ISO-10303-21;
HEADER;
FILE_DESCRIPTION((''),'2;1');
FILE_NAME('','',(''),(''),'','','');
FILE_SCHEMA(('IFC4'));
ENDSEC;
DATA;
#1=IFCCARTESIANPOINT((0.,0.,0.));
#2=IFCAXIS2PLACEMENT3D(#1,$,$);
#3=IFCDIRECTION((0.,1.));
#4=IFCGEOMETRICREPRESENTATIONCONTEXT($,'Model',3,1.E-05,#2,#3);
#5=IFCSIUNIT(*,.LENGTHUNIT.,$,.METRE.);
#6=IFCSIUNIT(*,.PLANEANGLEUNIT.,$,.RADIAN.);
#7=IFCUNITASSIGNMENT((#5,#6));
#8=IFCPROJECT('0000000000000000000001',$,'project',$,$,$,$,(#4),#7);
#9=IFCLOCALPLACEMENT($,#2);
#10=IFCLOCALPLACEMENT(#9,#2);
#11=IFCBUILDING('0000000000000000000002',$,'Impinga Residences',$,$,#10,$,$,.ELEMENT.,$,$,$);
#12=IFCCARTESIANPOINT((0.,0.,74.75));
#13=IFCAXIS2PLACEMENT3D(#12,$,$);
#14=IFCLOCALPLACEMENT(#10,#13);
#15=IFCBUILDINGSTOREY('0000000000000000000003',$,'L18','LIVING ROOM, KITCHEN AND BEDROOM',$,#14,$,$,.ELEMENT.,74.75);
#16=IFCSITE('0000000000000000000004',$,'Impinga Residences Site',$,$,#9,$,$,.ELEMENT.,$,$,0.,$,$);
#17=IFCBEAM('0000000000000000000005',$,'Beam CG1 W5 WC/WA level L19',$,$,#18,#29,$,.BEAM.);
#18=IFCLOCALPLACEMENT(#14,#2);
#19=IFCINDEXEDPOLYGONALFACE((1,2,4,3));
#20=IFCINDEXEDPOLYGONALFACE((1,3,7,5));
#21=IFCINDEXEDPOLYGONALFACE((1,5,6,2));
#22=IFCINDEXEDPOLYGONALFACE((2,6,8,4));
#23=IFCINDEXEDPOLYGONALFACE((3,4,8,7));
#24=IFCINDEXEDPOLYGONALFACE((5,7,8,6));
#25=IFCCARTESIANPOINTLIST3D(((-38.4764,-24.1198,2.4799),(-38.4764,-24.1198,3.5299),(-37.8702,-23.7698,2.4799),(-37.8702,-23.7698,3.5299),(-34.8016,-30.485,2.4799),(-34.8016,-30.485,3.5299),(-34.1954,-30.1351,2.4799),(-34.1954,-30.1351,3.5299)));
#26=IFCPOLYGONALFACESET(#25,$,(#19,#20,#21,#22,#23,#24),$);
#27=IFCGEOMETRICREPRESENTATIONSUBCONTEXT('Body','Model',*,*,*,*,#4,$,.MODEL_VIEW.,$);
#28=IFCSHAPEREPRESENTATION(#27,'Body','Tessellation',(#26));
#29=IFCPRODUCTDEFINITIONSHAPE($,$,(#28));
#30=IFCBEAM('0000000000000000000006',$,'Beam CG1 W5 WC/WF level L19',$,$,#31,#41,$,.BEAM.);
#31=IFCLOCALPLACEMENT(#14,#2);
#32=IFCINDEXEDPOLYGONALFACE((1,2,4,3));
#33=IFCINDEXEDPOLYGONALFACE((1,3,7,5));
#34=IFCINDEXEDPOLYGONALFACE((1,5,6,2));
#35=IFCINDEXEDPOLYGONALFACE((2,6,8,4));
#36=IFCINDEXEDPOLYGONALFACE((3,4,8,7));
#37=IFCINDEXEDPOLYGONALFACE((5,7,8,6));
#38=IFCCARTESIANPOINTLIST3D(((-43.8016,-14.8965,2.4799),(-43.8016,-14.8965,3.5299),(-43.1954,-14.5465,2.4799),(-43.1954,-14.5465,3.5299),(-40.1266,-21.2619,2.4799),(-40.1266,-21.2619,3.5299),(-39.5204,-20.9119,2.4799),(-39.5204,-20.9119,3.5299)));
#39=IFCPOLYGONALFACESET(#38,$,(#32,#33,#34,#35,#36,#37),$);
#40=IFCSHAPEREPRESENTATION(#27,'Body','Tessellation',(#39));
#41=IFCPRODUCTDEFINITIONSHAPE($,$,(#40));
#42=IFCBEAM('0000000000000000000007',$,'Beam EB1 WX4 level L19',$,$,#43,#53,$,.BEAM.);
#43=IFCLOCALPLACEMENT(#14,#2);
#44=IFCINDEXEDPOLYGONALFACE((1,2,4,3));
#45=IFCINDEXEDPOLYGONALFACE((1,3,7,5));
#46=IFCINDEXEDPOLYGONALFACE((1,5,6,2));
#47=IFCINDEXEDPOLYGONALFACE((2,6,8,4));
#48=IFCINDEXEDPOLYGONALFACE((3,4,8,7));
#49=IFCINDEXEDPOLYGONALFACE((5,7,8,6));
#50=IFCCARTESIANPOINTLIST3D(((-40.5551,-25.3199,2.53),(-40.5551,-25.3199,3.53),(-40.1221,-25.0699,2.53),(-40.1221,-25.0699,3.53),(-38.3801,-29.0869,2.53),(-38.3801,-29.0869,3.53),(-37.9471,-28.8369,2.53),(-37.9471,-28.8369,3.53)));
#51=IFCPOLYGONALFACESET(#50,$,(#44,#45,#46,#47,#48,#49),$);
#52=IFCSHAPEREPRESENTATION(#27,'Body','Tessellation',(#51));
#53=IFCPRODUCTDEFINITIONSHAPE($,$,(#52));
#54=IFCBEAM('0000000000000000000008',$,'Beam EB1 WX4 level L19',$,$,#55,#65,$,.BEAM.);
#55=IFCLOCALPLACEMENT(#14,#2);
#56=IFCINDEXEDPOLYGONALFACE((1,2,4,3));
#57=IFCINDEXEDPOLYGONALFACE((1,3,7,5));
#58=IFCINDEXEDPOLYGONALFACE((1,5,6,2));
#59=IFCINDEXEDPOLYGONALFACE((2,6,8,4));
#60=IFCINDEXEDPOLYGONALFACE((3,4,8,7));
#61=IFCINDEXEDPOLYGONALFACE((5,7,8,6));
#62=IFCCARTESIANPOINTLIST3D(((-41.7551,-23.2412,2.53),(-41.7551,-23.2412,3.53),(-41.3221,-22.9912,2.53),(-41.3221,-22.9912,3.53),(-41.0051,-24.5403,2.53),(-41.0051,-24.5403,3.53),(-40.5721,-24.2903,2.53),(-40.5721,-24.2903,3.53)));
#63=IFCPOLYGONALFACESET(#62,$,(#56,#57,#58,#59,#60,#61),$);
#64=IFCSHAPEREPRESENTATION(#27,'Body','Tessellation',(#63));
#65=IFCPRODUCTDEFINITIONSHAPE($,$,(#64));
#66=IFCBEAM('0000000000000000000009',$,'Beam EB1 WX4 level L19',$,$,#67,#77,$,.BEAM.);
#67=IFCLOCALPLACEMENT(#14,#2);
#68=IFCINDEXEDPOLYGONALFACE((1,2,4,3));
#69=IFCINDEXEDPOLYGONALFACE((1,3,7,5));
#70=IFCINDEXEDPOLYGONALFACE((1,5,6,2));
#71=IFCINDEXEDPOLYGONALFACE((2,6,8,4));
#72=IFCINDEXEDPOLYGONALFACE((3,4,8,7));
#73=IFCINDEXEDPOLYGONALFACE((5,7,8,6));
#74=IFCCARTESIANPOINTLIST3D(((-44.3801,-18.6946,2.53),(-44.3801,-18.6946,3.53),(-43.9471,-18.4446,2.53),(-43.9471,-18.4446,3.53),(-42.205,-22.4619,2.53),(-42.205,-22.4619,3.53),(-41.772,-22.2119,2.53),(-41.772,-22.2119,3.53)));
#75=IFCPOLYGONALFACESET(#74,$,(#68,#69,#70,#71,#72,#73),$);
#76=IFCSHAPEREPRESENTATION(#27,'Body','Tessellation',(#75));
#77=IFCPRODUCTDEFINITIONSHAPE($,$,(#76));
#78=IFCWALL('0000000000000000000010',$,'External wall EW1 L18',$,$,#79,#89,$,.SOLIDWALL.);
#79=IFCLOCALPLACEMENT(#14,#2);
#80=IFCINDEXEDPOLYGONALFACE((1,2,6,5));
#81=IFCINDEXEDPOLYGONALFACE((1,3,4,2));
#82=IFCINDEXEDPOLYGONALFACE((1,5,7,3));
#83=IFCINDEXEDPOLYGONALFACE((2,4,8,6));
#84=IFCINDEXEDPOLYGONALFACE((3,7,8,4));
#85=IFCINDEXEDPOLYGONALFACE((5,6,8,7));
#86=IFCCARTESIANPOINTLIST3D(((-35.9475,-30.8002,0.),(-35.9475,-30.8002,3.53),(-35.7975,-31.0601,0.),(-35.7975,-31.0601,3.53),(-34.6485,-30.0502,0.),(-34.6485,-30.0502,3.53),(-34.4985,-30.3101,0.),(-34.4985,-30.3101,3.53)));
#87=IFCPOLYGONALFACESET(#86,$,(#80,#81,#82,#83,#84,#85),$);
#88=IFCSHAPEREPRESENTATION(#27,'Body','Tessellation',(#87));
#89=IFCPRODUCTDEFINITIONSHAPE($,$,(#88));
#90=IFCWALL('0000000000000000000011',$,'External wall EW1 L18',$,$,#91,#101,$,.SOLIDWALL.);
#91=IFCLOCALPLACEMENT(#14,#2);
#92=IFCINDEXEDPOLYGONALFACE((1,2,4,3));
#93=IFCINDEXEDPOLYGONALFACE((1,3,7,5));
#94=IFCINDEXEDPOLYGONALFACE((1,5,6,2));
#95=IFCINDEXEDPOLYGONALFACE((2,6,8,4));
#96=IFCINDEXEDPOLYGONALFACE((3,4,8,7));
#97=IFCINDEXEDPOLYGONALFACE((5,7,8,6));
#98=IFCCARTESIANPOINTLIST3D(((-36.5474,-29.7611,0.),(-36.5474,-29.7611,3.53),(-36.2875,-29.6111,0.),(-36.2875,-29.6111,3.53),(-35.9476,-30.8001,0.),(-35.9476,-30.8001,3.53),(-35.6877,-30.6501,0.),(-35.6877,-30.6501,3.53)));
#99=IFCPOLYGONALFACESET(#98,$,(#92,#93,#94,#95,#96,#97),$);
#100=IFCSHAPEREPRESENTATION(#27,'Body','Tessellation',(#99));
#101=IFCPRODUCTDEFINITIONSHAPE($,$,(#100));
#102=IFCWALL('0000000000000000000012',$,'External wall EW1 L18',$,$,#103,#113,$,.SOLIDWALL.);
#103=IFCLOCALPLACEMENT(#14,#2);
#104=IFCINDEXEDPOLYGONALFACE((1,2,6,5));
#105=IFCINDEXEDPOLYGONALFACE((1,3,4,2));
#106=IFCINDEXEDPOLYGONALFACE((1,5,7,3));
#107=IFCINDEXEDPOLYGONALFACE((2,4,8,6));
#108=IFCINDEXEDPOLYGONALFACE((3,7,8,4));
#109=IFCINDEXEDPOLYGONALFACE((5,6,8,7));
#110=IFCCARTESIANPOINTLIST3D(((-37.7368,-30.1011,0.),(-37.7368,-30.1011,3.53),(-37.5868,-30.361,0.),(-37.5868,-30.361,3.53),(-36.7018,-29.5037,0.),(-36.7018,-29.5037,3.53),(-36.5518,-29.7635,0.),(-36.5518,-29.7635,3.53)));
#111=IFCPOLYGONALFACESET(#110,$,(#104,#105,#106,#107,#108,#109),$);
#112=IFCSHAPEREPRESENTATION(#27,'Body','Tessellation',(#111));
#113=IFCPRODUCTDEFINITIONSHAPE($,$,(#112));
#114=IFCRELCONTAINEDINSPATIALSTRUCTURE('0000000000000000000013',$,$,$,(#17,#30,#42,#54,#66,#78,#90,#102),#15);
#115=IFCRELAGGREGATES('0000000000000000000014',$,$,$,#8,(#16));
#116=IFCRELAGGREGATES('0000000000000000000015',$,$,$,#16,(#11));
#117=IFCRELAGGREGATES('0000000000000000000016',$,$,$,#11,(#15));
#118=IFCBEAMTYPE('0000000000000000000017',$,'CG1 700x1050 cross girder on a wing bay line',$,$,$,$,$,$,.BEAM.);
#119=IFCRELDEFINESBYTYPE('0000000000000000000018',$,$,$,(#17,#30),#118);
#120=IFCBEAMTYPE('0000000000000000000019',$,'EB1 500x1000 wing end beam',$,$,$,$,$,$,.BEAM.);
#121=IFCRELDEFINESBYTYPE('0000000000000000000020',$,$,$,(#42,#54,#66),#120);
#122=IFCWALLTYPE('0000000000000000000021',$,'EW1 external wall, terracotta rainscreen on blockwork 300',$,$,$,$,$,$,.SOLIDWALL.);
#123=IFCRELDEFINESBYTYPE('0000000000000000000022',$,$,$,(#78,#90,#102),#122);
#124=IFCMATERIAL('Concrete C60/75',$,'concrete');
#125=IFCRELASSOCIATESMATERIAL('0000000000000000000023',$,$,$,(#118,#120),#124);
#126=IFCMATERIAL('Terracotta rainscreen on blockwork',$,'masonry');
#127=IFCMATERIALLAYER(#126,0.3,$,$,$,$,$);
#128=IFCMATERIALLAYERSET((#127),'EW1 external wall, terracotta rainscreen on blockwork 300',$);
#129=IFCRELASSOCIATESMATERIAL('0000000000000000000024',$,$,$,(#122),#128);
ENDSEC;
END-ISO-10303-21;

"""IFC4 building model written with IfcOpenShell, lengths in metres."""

from ifc_helpers import new_model, si_unit, direction, frame, frame_2d, origin, origin_2d, place, context, subcontext, project, spatial, rectangle, extrude, material, layer, layer_set, material_profile, profile_set, type_object, element, save


model = new_model("IFC4")

# Units and contexts
model_context = context("Model", 3, precision=1e-05, world=origin(), true_north=direction((0.0, 1.0)))
body_context = subcontext(model_context, "Body", "Model", "MODEL_VIEW")
ifc_project = project(units=[si_unit("LENGTHUNIT", "METRE"), si_unit("PLANEANGLEUNIT", "RADIAN")], contexts=[model_context])

# Site, building, storey
site_placement = place(None, origin())
site = spatial("IfcSite", under=ifc_project, at=site_placement, Name="Impinga Residences Site", CompositionType="ELEMENT", RefElevation=0.0)
building_placement = place(site_placement, origin())
building = spatial("IfcBuilding", under=site, at=building_placement, Name="Impinga Residences", CompositionType="ELEMENT")
storey_placement = place(building_placement, frame((0.0, 0.0, 74.75)))
storey = spatial("IfcBuildingStorey", under=building, at=storey_placement, Name="L18", Description="LIVING ROOM, KITCHEN AND BEDROOM", CompositionType="ELEMENT", Elevation=74.75)

# Beams
ifc_material_1 = material(Name="Concrete C60/75", Category="concrete")
ifc_material_profile_1 = material_profile(ifc_material_1, rectangle(XDim=0.7, YDim=1.05, at=origin_2d()), Name="RC 700x1050")
ifc_profile_set_1 = profile_set([ifc_material_profile_1], Name="Concrete C60/75")
beam_type_1 = type_object("IfcBeamType", Name="CG1 700x1050 cross girder on a wing bay line", PredefinedType="BEAM", material=ifc_profile_set_1)
beam_1_placement = place(storey_placement, frame((-38.1733, -23.9448, 3.0049), z_axis=(0.499983, -0.866035, 0.0), x_axis=(0.866035, 0.499983, 0.0)))
element("IfcBeam", 1, at=beam_1_placement, inside=storey, type_object=beam_type_1, Name="Beam CG1 W5 WC/WA level L19", PredefinedType="BEAM", context=body_context, shape_type="SweptSolid", body=[
    extrude(rectangle(XDim=0.7, YDim=1.05, at=origin_2d()), origin(), (0.0, 0.0, 1.0), 7.3499),
])
beam_2_placement = place(storey_placement, frame((-39.8235, -21.0869, 3.0049), z_axis=(-0.499994, 0.866029, 0.0), x_axis=(-0.866029, -0.499994, 0.0)))
element("IfcBeam", 2, at=beam_2_placement, inside=storey, type_object=beam_type_1, Name="Beam CG1 W5 WC/WF level L19", PredefinedType="BEAM", context=body_context, shape_type="SweptSolid", body=[
    extrude(rectangle(XDim=0.7, YDim=1.05, at=origin_2d()), origin(), (0.0, 0.0, 1.0), 7.3501),
])
ifc_material_profile_2 = material_profile(ifc_material_1, rectangle(XDim=0.5, YDim=1.0, at=origin_2d()), Name="RC 500x1000")
ifc_profile_set_2 = profile_set([ifc_material_profile_2], Name="Concrete C60/75")
beam_type_2 = type_object("IfcBeamType", Name="EB1 500x1000 wing end beam", PredefinedType="BEAM", material=ifc_profile_set_2)
beam_3_placement = place(storey_placement, frame((-38.1636, -28.9619, 3.03), z_axis=(-0.50002, 0.866014, 0.0), x_axis=(-0.866014, -0.50002, 0.0)))
element("IfcBeam", 3, at=beam_3_placement, inside=storey, type_object=beam_type_2, Name="Beam EB1 WX4 level L19", PredefinedType="BEAM", context=body_context, shape_type="SweptSolid", body=[
    extrude(rectangle(XDim=0.5, YDim=1.0, at=origin_2d()), origin(), (0.0, 0.0, 1.0), 4.3499),
])
beam_4_placement = place(storey_placement, frame((-40.7886, -24.4153, 3.03), z_axis=(-0.49999, 0.866031, 0.0), x_axis=(-0.866031, -0.49999, 0.0)))
element("IfcBeam", 4, at=beam_4_placement, inside=storey, type_object=beam_type_2, Name="Beam EB1 WX4 level L19", PredefinedType="BEAM", context=body_context, shape_type="SweptSolid", body=[
    extrude(rectangle(XDim=0.5, YDim=1.0, at=origin_2d()), origin(), (0.0, 0.0, 1.0), 1.5),
])
beam_5_placement = place(storey_placement, frame((-41.9885, -22.3369, 3.03), z_axis=(-0.499996, 0.866028, 0.0), x_axis=(-0.866028, -0.499996, 0.0)))
element("IfcBeam", 5, at=beam_5_placement, inside=storey, type_object=beam_type_2, Name="Beam EB1 WX4 level L19", PredefinedType="BEAM", context=body_context, shape_type="SweptSolid", body=[
    extrude(rectangle(XDim=0.5, YDim=1.0, at=origin_2d()), origin(), (0.0, 0.0, 1.0), 4.3501),
])

# Walls
ifc_material_2 = material(Name="Terracotta rainscreen on blockwork", Category="masonry")
ifc_layer_1 = layer(ifc_material_2, 0.3)
ifc_layer_set_1 = layer_set([ifc_layer_1], Name="EW1 external wall, terracotta rainscreen on blockwork 300")
wall_type_1 = type_object("IfcWallType", Name="EW1 external wall, terracotta rainscreen on blockwork 300", PredefinedType="SOLIDWALL", material=ifc_layer_set_1)
wall_1_placement = place(storey_placement, frame((-34.5735, -30.1802, 0.0), z_axis=(0.0, 0.0, 1.0), x_axis=(-0.866031, -0.49999, 0.0)))
element("IfcWall", 6, at=wall_1_placement, inside=storey, type_object=wall_type_1, Name="External wall EW1 L18", PredefinedType="SOLIDWALL", context=body_context, shape_type="SweptSolid", body=[
    extrude(rectangle(XDim=1.5, YDim=0.3, at=frame_2d((0.75, 0.0))), origin(), (0.0, 0.0, 1.0), 3.53),
])
wall_2_placement = place(storey_placement, frame((-35.8176, -30.7251, 0.0), z_axis=(0.0, 0.0, 1.0), x_axis=(-0.499969, 0.866043, 0.0)))
element("IfcWall", 7, at=wall_2_placement, inside=storey, type_object=wall_type_1, Name="External wall EW1 L18", PredefinedType="SOLIDWALL", context=body_context, shape_type="SweptSolid", body=[
    extrude(rectangle(XDim=1.1997, YDim=0.3, at=frame_2d((0.5999, 0.0))), origin(), (0.0, 0.0, 1.0), 3.53),
])
wall_3_placement = place(storey_placement, frame((-36.6267, -29.6335, 0.0), z_axis=(0.0, 0.0, 1.0), x_axis=(-0.86606, -0.499941, 0.0)))
element("IfcWall", 8, at=wall_3_placement, inside=storey, type_object=wall_type_1, Name="External wall EW1 L18", PredefinedType="SOLIDWALL", context=body_context, shape_type="SweptSolid", body=[
    extrude(rectangle(XDim=1.1951, YDim=0.3, at=frame_2d((0.5977, 0.0))), origin(), (0.0, 0.0, 1.0), 3.53),
])

save(model, "model.ifc")
